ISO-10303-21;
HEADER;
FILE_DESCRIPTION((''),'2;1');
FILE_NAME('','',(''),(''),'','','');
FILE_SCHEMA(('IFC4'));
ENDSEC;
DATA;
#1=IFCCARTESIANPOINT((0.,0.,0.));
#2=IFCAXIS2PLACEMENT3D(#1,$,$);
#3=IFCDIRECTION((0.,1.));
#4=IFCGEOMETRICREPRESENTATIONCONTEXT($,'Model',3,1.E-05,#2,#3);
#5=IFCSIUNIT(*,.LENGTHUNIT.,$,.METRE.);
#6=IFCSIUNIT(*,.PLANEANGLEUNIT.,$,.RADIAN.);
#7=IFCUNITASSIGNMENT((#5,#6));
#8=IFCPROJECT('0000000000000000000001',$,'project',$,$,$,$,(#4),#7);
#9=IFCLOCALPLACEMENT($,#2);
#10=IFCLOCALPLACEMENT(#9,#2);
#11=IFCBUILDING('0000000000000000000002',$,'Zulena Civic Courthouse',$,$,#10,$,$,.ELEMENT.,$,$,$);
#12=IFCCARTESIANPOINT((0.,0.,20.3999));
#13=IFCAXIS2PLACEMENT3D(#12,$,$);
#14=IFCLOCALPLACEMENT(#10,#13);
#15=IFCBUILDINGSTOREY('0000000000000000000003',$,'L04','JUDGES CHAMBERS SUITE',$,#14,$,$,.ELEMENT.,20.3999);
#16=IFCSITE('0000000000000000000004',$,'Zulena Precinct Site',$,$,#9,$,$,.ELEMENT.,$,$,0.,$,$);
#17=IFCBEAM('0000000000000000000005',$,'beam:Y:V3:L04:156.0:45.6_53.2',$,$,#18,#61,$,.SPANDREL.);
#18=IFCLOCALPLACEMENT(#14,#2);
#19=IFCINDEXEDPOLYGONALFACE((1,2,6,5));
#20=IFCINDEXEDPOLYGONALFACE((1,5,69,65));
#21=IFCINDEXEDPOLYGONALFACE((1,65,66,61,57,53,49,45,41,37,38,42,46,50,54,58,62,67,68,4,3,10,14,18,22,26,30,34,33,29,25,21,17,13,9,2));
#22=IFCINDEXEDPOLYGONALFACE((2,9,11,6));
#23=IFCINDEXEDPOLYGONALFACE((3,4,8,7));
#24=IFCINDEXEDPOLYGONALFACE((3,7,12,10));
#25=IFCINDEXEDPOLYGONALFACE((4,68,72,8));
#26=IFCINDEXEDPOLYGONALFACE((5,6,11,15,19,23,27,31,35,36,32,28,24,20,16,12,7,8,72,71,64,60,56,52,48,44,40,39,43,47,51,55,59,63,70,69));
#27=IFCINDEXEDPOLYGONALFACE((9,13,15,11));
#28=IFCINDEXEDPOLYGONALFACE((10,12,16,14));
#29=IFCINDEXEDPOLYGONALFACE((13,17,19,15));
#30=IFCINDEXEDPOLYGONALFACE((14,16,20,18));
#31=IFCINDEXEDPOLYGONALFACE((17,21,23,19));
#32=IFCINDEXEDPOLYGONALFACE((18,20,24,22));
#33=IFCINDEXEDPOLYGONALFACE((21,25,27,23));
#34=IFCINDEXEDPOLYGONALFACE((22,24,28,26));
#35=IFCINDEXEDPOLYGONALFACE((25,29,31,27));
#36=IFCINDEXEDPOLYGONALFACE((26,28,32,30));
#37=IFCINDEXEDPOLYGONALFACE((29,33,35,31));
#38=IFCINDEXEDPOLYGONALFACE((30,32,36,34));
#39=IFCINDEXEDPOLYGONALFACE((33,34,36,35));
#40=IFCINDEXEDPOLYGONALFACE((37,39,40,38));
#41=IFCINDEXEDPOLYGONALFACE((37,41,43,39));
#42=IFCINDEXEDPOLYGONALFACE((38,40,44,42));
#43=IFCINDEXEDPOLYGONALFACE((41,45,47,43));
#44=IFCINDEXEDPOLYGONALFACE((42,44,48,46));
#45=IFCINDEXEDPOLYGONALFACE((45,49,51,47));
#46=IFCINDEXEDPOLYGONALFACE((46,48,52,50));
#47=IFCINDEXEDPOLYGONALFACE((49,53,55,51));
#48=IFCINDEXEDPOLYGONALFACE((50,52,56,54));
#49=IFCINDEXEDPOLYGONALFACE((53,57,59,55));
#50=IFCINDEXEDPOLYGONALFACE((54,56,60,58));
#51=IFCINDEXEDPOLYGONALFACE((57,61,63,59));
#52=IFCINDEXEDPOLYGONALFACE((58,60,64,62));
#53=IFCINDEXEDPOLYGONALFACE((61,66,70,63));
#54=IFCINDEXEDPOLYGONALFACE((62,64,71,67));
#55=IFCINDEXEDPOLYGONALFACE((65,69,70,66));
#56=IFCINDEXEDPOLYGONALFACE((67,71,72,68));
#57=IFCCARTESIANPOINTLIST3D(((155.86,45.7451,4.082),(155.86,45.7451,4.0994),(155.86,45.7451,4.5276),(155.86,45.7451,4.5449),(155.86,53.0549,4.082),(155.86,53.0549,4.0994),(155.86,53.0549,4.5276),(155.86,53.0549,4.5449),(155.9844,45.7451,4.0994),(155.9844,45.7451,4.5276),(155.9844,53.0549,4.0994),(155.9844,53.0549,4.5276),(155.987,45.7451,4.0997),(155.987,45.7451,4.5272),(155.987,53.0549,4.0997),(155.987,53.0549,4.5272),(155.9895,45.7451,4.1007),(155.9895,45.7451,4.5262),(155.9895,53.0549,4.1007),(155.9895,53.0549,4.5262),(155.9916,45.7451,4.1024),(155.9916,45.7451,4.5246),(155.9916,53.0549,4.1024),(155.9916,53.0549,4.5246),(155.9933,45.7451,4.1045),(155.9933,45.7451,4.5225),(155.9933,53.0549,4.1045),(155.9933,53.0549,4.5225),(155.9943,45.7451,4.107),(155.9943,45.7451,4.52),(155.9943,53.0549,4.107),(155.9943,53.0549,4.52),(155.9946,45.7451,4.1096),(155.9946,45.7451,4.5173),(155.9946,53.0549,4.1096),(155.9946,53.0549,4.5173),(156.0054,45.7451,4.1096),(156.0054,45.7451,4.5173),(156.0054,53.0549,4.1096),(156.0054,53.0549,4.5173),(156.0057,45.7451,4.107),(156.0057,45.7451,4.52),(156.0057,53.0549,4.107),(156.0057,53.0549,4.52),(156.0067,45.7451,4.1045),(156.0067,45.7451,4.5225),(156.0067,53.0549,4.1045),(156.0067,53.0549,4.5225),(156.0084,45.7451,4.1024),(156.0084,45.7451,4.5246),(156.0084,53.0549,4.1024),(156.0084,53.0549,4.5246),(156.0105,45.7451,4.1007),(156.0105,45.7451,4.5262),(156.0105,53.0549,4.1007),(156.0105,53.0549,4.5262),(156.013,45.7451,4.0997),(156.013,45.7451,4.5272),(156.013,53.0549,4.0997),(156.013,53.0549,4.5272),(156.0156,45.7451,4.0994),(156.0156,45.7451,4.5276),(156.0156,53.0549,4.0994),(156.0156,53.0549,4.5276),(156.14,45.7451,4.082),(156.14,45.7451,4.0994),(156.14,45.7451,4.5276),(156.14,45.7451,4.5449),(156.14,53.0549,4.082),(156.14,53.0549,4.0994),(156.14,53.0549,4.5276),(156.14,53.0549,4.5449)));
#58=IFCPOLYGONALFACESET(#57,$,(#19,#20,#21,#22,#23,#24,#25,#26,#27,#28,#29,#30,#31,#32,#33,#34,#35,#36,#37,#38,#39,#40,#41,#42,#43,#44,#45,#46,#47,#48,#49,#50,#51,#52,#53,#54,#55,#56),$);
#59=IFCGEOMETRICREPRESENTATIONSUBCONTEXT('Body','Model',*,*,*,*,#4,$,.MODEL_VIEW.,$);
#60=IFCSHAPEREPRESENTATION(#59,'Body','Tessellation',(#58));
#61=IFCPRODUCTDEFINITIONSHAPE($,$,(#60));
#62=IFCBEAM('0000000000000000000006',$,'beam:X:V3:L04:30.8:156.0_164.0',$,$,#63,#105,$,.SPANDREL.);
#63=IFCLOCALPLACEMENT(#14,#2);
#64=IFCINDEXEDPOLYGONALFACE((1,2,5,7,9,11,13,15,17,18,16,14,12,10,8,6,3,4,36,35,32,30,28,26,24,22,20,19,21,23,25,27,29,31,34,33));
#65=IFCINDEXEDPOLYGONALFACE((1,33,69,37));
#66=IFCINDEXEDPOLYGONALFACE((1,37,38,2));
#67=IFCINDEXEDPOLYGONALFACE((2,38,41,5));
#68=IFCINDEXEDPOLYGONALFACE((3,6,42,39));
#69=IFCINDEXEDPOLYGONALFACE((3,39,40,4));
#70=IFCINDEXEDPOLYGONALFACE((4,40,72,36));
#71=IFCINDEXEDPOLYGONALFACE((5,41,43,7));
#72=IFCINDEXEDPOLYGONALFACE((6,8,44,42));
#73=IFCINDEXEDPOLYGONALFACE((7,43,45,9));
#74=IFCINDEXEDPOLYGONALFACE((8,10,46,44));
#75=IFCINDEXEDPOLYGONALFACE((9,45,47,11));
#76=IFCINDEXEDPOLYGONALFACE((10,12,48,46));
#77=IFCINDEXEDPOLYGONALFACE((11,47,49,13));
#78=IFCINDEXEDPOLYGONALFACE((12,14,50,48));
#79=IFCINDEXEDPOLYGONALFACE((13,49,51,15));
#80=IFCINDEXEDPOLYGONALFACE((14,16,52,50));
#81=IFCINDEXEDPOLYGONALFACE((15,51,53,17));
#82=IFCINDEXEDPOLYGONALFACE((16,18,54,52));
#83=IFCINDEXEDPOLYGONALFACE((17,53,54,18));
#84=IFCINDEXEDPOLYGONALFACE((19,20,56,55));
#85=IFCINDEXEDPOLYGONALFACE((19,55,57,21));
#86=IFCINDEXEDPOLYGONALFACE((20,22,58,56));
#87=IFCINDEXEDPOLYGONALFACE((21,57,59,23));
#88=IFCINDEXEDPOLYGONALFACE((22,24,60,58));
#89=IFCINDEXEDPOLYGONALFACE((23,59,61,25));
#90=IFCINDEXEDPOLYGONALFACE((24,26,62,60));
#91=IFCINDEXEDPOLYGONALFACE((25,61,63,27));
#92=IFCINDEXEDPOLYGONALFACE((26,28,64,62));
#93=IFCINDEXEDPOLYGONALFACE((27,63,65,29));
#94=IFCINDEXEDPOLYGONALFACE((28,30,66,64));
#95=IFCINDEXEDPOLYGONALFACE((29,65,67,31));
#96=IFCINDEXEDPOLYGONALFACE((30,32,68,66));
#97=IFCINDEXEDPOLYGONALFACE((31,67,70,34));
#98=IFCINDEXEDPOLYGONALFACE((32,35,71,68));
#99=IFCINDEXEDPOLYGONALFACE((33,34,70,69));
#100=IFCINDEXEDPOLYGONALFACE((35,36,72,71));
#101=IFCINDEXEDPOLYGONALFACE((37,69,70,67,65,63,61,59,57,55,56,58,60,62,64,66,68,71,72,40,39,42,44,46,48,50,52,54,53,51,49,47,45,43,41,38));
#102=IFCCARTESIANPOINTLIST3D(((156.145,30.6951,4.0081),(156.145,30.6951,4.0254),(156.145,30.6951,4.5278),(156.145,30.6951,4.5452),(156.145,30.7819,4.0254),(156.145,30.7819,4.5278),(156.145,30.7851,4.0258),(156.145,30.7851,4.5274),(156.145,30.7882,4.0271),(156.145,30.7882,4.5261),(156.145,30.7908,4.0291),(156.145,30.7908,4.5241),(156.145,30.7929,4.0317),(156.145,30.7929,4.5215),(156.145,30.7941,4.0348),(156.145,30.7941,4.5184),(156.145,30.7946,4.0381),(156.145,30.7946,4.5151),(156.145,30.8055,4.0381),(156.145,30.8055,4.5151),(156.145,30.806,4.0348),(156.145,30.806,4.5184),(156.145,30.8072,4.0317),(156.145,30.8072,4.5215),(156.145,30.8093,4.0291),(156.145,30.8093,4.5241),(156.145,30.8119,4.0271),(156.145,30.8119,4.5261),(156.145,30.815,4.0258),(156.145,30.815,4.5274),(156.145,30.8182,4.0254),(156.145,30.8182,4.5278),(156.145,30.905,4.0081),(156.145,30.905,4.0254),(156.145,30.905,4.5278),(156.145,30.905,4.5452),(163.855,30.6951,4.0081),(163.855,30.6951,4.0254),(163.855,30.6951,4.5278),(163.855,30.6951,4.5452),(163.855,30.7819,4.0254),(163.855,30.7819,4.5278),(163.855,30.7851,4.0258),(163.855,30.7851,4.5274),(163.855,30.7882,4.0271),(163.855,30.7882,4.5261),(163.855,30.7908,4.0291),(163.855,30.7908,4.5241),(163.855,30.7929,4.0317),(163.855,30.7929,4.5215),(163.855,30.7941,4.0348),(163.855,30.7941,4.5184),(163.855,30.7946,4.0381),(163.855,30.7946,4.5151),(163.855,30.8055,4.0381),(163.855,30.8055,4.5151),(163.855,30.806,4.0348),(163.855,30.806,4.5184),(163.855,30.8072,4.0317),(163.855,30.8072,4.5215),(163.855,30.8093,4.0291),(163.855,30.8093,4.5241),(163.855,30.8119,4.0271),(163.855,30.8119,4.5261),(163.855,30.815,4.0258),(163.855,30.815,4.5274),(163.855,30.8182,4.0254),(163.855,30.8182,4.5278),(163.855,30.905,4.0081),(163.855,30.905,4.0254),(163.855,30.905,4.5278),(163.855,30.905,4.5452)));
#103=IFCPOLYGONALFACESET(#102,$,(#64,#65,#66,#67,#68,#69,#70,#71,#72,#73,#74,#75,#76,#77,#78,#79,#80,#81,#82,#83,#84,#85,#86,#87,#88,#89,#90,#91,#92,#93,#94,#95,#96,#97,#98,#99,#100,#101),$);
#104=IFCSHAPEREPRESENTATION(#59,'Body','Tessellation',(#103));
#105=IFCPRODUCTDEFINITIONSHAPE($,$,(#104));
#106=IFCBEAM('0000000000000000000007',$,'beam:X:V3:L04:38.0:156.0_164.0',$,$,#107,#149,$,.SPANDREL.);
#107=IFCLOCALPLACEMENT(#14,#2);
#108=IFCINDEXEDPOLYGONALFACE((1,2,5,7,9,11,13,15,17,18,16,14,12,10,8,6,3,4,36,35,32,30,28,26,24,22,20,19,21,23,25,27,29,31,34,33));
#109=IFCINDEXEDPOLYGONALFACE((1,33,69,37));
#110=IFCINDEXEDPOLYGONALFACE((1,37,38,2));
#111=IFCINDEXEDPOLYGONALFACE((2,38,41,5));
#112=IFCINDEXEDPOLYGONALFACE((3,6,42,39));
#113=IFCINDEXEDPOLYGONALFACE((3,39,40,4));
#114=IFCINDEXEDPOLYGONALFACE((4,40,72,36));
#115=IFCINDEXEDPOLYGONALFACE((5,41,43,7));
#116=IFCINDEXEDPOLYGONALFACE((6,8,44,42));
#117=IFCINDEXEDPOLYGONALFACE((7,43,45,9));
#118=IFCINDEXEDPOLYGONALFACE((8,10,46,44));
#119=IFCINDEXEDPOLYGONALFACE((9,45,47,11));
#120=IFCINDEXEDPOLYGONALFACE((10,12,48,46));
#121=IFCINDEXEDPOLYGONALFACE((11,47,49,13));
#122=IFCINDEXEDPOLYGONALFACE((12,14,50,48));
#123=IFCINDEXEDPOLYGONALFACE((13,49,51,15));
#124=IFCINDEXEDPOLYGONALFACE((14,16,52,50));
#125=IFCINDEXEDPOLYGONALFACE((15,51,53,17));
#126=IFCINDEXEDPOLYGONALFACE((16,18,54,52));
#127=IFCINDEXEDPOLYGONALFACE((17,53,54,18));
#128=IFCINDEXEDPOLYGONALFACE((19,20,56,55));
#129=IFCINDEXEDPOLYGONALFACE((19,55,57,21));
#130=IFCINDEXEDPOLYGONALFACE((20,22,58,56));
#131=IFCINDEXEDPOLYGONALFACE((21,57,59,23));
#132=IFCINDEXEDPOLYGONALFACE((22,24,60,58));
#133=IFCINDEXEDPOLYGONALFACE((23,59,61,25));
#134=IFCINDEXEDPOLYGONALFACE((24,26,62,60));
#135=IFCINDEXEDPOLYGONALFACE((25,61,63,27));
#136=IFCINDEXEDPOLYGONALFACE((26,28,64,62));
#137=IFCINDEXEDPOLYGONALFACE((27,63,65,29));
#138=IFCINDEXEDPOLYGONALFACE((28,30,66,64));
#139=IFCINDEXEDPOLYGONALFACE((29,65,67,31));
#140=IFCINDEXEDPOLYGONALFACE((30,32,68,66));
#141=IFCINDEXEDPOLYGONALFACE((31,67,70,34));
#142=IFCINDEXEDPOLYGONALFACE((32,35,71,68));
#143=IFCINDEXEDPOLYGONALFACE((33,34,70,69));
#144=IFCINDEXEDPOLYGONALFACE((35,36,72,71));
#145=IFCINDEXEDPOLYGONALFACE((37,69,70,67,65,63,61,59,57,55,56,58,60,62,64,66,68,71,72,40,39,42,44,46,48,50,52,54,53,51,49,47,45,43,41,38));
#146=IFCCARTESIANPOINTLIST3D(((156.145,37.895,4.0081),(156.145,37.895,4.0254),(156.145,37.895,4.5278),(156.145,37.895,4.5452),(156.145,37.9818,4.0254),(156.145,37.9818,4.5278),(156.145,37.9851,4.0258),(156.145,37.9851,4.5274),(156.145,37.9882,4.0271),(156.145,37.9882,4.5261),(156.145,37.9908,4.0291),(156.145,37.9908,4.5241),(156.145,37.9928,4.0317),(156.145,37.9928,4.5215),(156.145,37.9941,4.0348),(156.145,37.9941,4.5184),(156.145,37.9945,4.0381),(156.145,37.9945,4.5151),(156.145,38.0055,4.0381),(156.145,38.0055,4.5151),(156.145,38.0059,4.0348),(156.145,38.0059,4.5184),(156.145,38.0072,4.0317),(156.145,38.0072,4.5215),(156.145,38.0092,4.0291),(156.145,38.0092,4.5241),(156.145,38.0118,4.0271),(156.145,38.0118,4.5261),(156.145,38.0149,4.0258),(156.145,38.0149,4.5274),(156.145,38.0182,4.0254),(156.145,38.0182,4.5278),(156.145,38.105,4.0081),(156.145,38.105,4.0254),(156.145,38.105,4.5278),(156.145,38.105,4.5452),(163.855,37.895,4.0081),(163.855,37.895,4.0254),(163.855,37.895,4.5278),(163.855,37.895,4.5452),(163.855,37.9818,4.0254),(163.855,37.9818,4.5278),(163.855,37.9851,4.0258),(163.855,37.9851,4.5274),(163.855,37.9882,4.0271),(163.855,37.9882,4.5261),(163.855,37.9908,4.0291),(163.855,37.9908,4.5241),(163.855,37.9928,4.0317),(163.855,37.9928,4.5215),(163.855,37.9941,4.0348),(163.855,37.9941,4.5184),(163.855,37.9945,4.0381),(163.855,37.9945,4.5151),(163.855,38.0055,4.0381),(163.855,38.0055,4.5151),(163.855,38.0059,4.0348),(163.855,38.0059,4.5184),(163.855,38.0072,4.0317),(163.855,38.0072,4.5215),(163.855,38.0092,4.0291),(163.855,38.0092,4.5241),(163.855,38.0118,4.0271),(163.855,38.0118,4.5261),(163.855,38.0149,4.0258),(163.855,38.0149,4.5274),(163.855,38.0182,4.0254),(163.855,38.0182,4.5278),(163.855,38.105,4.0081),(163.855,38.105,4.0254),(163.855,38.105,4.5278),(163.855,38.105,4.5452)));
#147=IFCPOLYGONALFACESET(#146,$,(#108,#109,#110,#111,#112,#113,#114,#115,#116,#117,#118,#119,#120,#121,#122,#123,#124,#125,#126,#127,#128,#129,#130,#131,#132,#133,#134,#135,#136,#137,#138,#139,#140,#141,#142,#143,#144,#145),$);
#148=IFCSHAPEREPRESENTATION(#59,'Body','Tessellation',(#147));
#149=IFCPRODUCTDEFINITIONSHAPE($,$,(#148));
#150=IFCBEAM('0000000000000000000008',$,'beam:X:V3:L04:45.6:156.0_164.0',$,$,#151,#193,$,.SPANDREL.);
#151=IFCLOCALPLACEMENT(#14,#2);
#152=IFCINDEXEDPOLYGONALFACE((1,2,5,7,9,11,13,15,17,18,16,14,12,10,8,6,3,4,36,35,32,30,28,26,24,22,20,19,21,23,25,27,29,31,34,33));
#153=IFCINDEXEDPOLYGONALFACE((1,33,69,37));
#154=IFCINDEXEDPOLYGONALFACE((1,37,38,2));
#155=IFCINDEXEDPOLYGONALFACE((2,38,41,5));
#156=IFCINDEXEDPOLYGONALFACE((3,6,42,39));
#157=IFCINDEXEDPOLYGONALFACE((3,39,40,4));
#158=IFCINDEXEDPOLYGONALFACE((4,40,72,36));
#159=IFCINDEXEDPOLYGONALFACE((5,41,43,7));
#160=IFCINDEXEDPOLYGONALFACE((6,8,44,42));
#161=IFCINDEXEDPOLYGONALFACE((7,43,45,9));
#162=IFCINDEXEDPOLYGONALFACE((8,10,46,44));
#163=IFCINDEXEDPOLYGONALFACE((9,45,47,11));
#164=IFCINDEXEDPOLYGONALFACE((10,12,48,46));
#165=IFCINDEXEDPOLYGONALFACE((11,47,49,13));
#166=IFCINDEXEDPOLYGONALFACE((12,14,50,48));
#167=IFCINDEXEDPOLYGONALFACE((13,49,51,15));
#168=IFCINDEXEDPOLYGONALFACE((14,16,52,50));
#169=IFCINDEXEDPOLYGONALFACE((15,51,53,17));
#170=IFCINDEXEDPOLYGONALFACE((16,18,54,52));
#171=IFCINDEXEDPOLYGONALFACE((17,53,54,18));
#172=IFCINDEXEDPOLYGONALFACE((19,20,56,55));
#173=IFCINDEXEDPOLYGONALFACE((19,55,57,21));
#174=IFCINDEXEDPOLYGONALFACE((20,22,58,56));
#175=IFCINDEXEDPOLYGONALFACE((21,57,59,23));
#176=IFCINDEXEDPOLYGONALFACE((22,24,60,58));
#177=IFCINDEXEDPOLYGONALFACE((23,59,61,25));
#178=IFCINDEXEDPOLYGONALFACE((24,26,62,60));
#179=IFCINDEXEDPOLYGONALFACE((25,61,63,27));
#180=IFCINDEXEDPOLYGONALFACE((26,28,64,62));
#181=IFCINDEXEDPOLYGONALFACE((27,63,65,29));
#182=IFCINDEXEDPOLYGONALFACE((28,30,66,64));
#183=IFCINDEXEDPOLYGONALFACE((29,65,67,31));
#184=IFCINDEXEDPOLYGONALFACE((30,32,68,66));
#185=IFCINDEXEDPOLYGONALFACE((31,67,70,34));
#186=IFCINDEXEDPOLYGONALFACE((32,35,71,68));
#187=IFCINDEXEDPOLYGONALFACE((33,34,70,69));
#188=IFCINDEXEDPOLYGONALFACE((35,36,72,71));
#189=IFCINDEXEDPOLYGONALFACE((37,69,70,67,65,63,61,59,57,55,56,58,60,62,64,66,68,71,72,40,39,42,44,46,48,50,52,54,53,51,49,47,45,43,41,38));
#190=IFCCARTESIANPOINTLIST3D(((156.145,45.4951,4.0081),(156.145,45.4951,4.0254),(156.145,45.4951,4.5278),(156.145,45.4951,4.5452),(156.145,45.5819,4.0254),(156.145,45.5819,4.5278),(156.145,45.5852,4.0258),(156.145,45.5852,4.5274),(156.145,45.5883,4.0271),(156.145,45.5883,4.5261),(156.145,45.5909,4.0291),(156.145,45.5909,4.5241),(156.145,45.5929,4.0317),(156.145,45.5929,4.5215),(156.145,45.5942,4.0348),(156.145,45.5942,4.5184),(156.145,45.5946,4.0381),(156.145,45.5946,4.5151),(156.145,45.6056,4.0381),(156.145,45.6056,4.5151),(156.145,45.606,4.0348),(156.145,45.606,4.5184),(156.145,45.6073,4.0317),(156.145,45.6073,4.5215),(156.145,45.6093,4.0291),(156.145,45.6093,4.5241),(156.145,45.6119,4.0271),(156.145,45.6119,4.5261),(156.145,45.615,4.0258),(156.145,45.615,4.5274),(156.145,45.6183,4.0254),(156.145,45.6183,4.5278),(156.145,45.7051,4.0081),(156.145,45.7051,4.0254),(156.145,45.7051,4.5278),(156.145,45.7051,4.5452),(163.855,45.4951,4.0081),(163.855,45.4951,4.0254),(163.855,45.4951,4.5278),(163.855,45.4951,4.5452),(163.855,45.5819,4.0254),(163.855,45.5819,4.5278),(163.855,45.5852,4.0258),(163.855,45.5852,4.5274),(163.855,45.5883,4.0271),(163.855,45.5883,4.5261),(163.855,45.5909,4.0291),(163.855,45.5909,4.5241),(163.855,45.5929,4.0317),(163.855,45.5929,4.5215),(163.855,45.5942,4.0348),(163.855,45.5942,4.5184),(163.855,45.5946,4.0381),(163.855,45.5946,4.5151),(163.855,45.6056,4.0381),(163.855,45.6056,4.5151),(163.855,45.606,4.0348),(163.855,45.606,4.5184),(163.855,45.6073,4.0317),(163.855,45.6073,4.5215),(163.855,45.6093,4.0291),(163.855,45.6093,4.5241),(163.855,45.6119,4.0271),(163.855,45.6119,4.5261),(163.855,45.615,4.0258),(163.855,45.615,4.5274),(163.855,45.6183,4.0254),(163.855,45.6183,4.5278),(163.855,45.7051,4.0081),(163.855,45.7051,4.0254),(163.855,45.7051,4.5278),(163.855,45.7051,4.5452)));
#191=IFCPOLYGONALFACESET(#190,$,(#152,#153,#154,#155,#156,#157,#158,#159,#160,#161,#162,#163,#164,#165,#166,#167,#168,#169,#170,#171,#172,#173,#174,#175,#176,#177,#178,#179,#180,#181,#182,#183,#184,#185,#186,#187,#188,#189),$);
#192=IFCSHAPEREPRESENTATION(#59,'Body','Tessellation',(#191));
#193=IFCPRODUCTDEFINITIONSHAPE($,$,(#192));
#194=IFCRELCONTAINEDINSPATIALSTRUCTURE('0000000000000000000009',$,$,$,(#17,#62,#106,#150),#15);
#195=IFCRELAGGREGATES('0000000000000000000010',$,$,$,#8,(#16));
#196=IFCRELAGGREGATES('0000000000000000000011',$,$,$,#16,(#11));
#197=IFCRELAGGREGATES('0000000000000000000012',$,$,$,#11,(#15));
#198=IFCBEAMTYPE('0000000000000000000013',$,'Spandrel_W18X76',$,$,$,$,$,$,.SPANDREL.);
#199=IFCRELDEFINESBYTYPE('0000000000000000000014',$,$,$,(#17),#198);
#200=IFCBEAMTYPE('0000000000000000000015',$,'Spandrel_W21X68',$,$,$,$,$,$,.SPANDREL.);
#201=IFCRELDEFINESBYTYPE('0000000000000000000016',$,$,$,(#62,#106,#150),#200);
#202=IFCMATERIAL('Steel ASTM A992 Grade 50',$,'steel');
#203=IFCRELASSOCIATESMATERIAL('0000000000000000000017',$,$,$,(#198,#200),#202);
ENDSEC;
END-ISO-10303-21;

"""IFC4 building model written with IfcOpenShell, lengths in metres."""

from ifc_helpers import new_model, si_unit, direction, frame, origin, origin_2d, place, context, subcontext, project, spatial, i_section, extrude, material, material_profile, profile_set, type_object, element, save


model = new_model("IFC4")

# Units and contexts
model_context = context("Model", 3, precision=1e-05, world=origin(), true_north=direction((0.0, 1.0)))
body_context = subcontext(model_context, "Body", "Model", "MODEL_VIEW")
ifc_project = project(units=[si_unit("LENGTHUNIT", "METRE"), si_unit("PLANEANGLEUNIT", "RADIAN")], contexts=[model_context])

# Site, building, storey
site_placement = place(None, origin())
site = spatial("IfcSite", under=ifc_project, at=site_placement, Name="Zulena Precinct Site", CompositionType="ELEMENT", RefElevation=0.0)
building_placement = place(site_placement, origin())
building = spatial("IfcBuilding", under=site, at=building_placement, Name="Zulena Civic Courthouse", CompositionType="ELEMENT")
storey_placement = place(building_placement, frame((0.0, 0.0, 20.3999)))
storey = spatial("IfcBuildingStorey", under=building, at=storey_placement, Name="L04", Description="JUDGES CHAMBERS SUITE", CompositionType="ELEMENT", Elevation=20.3999)

# Shared definitions
ifc_material_1 = material(Name="Steel ASTM A992 Grade 50", Category="steel")

# Beams
ifc_material_profile_1 = material_profile(ifc_material_1, i_section(OverallWidth=0.28, OverallDepth=0.4629, WebThickness=0.0107, FlangeThickness=0.0173, FilletRadius=0.0103, at=origin_2d()), Name="W18X76")
ifc_profile_set_1 = profile_set([ifc_material_profile_1], Name="Steel ASTM A992 Grade 50")
beam_type_1 = type_object("IfcBeamType", Name="Spandrel_W18X76", PredefinedType="SPANDREL", material=ifc_profile_set_1)
beam_1_placement = place(storey_placement, frame((156.0, 45.7451, 4.3135), z_axis=(0.0, 1.0, 0.0), x_axis=(-1.0, 0.0, 0.0)))
element("IfcBeam", 1, at=beam_1_placement, inside=storey, type_object=beam_type_1, Name="beam:Y:V3:L04:156.0:45.6_53.2", PredefinedType="SPANDREL", context=body_context, shape_type="SweptSolid", body=[
    extrude(i_section(OverallWidth=0.28, OverallDepth=0.4629, WebThickness=0.0107, FlangeThickness=0.0173, FilletRadius=0.0103, at=origin_2d()), origin(), (0.0, 0.0, 1.0), 7.3098),
])
ifc_material_profile_2 = material_profile(ifc_material_1, i_section(OverallWidth=0.21, OverallDepth=0.5371, WebThickness=0.011, FlangeThickness=0.0173, FilletRadius=0.0127, at=origin_2d()), Name="W21X68")
ifc_profile_set_2 = profile_set([ifc_material_profile_2], Name="Steel ASTM A992 Grade 50")
beam_type_2 = type_object("IfcBeamType", Name="Spandrel_W21X68", PredefinedType="SPANDREL", material=ifc_profile_set_2)
for number, where, z_axis, x_axis, name in (
    (2, (156.145, 30.8, 4.2766), (1.0, 0.0, 0.0), (0.0, 1.0, 0.0), "beam:X:V3:L04:30.8:156.0_164.0"),
    (3, (156.145, 38.0, 4.2766), (1.0, 0.0, 0.0), (0.0, 1.0, 0.0), "beam:X:V3:L04:38.0:156.0_164.0"),
    (4, (156.145, 45.6001, 4.2766), (1.0, 0.0, 0.0), (0.0, 1.0, 0.0), "beam:X:V3:L04:45.6:156.0_164.0"),
):
    element("IfcBeam", number, at=place(storey_placement, frame(where, z_axis=z_axis, x_axis=x_axis)), inside=storey, type_object=beam_type_2, Name=name, PredefinedType="SPANDREL", context=body_context, shape_type="SweptSolid", body=[
        extrude(i_section(OverallWidth=0.21, OverallDepth=0.5371, WebThickness=0.011, FlangeThickness=0.0173, FilletRadius=0.0127, at=origin_2d()), origin(), (0.0, 0.0, 1.0), 7.71),
    ])

save(model, "model.ifc")
